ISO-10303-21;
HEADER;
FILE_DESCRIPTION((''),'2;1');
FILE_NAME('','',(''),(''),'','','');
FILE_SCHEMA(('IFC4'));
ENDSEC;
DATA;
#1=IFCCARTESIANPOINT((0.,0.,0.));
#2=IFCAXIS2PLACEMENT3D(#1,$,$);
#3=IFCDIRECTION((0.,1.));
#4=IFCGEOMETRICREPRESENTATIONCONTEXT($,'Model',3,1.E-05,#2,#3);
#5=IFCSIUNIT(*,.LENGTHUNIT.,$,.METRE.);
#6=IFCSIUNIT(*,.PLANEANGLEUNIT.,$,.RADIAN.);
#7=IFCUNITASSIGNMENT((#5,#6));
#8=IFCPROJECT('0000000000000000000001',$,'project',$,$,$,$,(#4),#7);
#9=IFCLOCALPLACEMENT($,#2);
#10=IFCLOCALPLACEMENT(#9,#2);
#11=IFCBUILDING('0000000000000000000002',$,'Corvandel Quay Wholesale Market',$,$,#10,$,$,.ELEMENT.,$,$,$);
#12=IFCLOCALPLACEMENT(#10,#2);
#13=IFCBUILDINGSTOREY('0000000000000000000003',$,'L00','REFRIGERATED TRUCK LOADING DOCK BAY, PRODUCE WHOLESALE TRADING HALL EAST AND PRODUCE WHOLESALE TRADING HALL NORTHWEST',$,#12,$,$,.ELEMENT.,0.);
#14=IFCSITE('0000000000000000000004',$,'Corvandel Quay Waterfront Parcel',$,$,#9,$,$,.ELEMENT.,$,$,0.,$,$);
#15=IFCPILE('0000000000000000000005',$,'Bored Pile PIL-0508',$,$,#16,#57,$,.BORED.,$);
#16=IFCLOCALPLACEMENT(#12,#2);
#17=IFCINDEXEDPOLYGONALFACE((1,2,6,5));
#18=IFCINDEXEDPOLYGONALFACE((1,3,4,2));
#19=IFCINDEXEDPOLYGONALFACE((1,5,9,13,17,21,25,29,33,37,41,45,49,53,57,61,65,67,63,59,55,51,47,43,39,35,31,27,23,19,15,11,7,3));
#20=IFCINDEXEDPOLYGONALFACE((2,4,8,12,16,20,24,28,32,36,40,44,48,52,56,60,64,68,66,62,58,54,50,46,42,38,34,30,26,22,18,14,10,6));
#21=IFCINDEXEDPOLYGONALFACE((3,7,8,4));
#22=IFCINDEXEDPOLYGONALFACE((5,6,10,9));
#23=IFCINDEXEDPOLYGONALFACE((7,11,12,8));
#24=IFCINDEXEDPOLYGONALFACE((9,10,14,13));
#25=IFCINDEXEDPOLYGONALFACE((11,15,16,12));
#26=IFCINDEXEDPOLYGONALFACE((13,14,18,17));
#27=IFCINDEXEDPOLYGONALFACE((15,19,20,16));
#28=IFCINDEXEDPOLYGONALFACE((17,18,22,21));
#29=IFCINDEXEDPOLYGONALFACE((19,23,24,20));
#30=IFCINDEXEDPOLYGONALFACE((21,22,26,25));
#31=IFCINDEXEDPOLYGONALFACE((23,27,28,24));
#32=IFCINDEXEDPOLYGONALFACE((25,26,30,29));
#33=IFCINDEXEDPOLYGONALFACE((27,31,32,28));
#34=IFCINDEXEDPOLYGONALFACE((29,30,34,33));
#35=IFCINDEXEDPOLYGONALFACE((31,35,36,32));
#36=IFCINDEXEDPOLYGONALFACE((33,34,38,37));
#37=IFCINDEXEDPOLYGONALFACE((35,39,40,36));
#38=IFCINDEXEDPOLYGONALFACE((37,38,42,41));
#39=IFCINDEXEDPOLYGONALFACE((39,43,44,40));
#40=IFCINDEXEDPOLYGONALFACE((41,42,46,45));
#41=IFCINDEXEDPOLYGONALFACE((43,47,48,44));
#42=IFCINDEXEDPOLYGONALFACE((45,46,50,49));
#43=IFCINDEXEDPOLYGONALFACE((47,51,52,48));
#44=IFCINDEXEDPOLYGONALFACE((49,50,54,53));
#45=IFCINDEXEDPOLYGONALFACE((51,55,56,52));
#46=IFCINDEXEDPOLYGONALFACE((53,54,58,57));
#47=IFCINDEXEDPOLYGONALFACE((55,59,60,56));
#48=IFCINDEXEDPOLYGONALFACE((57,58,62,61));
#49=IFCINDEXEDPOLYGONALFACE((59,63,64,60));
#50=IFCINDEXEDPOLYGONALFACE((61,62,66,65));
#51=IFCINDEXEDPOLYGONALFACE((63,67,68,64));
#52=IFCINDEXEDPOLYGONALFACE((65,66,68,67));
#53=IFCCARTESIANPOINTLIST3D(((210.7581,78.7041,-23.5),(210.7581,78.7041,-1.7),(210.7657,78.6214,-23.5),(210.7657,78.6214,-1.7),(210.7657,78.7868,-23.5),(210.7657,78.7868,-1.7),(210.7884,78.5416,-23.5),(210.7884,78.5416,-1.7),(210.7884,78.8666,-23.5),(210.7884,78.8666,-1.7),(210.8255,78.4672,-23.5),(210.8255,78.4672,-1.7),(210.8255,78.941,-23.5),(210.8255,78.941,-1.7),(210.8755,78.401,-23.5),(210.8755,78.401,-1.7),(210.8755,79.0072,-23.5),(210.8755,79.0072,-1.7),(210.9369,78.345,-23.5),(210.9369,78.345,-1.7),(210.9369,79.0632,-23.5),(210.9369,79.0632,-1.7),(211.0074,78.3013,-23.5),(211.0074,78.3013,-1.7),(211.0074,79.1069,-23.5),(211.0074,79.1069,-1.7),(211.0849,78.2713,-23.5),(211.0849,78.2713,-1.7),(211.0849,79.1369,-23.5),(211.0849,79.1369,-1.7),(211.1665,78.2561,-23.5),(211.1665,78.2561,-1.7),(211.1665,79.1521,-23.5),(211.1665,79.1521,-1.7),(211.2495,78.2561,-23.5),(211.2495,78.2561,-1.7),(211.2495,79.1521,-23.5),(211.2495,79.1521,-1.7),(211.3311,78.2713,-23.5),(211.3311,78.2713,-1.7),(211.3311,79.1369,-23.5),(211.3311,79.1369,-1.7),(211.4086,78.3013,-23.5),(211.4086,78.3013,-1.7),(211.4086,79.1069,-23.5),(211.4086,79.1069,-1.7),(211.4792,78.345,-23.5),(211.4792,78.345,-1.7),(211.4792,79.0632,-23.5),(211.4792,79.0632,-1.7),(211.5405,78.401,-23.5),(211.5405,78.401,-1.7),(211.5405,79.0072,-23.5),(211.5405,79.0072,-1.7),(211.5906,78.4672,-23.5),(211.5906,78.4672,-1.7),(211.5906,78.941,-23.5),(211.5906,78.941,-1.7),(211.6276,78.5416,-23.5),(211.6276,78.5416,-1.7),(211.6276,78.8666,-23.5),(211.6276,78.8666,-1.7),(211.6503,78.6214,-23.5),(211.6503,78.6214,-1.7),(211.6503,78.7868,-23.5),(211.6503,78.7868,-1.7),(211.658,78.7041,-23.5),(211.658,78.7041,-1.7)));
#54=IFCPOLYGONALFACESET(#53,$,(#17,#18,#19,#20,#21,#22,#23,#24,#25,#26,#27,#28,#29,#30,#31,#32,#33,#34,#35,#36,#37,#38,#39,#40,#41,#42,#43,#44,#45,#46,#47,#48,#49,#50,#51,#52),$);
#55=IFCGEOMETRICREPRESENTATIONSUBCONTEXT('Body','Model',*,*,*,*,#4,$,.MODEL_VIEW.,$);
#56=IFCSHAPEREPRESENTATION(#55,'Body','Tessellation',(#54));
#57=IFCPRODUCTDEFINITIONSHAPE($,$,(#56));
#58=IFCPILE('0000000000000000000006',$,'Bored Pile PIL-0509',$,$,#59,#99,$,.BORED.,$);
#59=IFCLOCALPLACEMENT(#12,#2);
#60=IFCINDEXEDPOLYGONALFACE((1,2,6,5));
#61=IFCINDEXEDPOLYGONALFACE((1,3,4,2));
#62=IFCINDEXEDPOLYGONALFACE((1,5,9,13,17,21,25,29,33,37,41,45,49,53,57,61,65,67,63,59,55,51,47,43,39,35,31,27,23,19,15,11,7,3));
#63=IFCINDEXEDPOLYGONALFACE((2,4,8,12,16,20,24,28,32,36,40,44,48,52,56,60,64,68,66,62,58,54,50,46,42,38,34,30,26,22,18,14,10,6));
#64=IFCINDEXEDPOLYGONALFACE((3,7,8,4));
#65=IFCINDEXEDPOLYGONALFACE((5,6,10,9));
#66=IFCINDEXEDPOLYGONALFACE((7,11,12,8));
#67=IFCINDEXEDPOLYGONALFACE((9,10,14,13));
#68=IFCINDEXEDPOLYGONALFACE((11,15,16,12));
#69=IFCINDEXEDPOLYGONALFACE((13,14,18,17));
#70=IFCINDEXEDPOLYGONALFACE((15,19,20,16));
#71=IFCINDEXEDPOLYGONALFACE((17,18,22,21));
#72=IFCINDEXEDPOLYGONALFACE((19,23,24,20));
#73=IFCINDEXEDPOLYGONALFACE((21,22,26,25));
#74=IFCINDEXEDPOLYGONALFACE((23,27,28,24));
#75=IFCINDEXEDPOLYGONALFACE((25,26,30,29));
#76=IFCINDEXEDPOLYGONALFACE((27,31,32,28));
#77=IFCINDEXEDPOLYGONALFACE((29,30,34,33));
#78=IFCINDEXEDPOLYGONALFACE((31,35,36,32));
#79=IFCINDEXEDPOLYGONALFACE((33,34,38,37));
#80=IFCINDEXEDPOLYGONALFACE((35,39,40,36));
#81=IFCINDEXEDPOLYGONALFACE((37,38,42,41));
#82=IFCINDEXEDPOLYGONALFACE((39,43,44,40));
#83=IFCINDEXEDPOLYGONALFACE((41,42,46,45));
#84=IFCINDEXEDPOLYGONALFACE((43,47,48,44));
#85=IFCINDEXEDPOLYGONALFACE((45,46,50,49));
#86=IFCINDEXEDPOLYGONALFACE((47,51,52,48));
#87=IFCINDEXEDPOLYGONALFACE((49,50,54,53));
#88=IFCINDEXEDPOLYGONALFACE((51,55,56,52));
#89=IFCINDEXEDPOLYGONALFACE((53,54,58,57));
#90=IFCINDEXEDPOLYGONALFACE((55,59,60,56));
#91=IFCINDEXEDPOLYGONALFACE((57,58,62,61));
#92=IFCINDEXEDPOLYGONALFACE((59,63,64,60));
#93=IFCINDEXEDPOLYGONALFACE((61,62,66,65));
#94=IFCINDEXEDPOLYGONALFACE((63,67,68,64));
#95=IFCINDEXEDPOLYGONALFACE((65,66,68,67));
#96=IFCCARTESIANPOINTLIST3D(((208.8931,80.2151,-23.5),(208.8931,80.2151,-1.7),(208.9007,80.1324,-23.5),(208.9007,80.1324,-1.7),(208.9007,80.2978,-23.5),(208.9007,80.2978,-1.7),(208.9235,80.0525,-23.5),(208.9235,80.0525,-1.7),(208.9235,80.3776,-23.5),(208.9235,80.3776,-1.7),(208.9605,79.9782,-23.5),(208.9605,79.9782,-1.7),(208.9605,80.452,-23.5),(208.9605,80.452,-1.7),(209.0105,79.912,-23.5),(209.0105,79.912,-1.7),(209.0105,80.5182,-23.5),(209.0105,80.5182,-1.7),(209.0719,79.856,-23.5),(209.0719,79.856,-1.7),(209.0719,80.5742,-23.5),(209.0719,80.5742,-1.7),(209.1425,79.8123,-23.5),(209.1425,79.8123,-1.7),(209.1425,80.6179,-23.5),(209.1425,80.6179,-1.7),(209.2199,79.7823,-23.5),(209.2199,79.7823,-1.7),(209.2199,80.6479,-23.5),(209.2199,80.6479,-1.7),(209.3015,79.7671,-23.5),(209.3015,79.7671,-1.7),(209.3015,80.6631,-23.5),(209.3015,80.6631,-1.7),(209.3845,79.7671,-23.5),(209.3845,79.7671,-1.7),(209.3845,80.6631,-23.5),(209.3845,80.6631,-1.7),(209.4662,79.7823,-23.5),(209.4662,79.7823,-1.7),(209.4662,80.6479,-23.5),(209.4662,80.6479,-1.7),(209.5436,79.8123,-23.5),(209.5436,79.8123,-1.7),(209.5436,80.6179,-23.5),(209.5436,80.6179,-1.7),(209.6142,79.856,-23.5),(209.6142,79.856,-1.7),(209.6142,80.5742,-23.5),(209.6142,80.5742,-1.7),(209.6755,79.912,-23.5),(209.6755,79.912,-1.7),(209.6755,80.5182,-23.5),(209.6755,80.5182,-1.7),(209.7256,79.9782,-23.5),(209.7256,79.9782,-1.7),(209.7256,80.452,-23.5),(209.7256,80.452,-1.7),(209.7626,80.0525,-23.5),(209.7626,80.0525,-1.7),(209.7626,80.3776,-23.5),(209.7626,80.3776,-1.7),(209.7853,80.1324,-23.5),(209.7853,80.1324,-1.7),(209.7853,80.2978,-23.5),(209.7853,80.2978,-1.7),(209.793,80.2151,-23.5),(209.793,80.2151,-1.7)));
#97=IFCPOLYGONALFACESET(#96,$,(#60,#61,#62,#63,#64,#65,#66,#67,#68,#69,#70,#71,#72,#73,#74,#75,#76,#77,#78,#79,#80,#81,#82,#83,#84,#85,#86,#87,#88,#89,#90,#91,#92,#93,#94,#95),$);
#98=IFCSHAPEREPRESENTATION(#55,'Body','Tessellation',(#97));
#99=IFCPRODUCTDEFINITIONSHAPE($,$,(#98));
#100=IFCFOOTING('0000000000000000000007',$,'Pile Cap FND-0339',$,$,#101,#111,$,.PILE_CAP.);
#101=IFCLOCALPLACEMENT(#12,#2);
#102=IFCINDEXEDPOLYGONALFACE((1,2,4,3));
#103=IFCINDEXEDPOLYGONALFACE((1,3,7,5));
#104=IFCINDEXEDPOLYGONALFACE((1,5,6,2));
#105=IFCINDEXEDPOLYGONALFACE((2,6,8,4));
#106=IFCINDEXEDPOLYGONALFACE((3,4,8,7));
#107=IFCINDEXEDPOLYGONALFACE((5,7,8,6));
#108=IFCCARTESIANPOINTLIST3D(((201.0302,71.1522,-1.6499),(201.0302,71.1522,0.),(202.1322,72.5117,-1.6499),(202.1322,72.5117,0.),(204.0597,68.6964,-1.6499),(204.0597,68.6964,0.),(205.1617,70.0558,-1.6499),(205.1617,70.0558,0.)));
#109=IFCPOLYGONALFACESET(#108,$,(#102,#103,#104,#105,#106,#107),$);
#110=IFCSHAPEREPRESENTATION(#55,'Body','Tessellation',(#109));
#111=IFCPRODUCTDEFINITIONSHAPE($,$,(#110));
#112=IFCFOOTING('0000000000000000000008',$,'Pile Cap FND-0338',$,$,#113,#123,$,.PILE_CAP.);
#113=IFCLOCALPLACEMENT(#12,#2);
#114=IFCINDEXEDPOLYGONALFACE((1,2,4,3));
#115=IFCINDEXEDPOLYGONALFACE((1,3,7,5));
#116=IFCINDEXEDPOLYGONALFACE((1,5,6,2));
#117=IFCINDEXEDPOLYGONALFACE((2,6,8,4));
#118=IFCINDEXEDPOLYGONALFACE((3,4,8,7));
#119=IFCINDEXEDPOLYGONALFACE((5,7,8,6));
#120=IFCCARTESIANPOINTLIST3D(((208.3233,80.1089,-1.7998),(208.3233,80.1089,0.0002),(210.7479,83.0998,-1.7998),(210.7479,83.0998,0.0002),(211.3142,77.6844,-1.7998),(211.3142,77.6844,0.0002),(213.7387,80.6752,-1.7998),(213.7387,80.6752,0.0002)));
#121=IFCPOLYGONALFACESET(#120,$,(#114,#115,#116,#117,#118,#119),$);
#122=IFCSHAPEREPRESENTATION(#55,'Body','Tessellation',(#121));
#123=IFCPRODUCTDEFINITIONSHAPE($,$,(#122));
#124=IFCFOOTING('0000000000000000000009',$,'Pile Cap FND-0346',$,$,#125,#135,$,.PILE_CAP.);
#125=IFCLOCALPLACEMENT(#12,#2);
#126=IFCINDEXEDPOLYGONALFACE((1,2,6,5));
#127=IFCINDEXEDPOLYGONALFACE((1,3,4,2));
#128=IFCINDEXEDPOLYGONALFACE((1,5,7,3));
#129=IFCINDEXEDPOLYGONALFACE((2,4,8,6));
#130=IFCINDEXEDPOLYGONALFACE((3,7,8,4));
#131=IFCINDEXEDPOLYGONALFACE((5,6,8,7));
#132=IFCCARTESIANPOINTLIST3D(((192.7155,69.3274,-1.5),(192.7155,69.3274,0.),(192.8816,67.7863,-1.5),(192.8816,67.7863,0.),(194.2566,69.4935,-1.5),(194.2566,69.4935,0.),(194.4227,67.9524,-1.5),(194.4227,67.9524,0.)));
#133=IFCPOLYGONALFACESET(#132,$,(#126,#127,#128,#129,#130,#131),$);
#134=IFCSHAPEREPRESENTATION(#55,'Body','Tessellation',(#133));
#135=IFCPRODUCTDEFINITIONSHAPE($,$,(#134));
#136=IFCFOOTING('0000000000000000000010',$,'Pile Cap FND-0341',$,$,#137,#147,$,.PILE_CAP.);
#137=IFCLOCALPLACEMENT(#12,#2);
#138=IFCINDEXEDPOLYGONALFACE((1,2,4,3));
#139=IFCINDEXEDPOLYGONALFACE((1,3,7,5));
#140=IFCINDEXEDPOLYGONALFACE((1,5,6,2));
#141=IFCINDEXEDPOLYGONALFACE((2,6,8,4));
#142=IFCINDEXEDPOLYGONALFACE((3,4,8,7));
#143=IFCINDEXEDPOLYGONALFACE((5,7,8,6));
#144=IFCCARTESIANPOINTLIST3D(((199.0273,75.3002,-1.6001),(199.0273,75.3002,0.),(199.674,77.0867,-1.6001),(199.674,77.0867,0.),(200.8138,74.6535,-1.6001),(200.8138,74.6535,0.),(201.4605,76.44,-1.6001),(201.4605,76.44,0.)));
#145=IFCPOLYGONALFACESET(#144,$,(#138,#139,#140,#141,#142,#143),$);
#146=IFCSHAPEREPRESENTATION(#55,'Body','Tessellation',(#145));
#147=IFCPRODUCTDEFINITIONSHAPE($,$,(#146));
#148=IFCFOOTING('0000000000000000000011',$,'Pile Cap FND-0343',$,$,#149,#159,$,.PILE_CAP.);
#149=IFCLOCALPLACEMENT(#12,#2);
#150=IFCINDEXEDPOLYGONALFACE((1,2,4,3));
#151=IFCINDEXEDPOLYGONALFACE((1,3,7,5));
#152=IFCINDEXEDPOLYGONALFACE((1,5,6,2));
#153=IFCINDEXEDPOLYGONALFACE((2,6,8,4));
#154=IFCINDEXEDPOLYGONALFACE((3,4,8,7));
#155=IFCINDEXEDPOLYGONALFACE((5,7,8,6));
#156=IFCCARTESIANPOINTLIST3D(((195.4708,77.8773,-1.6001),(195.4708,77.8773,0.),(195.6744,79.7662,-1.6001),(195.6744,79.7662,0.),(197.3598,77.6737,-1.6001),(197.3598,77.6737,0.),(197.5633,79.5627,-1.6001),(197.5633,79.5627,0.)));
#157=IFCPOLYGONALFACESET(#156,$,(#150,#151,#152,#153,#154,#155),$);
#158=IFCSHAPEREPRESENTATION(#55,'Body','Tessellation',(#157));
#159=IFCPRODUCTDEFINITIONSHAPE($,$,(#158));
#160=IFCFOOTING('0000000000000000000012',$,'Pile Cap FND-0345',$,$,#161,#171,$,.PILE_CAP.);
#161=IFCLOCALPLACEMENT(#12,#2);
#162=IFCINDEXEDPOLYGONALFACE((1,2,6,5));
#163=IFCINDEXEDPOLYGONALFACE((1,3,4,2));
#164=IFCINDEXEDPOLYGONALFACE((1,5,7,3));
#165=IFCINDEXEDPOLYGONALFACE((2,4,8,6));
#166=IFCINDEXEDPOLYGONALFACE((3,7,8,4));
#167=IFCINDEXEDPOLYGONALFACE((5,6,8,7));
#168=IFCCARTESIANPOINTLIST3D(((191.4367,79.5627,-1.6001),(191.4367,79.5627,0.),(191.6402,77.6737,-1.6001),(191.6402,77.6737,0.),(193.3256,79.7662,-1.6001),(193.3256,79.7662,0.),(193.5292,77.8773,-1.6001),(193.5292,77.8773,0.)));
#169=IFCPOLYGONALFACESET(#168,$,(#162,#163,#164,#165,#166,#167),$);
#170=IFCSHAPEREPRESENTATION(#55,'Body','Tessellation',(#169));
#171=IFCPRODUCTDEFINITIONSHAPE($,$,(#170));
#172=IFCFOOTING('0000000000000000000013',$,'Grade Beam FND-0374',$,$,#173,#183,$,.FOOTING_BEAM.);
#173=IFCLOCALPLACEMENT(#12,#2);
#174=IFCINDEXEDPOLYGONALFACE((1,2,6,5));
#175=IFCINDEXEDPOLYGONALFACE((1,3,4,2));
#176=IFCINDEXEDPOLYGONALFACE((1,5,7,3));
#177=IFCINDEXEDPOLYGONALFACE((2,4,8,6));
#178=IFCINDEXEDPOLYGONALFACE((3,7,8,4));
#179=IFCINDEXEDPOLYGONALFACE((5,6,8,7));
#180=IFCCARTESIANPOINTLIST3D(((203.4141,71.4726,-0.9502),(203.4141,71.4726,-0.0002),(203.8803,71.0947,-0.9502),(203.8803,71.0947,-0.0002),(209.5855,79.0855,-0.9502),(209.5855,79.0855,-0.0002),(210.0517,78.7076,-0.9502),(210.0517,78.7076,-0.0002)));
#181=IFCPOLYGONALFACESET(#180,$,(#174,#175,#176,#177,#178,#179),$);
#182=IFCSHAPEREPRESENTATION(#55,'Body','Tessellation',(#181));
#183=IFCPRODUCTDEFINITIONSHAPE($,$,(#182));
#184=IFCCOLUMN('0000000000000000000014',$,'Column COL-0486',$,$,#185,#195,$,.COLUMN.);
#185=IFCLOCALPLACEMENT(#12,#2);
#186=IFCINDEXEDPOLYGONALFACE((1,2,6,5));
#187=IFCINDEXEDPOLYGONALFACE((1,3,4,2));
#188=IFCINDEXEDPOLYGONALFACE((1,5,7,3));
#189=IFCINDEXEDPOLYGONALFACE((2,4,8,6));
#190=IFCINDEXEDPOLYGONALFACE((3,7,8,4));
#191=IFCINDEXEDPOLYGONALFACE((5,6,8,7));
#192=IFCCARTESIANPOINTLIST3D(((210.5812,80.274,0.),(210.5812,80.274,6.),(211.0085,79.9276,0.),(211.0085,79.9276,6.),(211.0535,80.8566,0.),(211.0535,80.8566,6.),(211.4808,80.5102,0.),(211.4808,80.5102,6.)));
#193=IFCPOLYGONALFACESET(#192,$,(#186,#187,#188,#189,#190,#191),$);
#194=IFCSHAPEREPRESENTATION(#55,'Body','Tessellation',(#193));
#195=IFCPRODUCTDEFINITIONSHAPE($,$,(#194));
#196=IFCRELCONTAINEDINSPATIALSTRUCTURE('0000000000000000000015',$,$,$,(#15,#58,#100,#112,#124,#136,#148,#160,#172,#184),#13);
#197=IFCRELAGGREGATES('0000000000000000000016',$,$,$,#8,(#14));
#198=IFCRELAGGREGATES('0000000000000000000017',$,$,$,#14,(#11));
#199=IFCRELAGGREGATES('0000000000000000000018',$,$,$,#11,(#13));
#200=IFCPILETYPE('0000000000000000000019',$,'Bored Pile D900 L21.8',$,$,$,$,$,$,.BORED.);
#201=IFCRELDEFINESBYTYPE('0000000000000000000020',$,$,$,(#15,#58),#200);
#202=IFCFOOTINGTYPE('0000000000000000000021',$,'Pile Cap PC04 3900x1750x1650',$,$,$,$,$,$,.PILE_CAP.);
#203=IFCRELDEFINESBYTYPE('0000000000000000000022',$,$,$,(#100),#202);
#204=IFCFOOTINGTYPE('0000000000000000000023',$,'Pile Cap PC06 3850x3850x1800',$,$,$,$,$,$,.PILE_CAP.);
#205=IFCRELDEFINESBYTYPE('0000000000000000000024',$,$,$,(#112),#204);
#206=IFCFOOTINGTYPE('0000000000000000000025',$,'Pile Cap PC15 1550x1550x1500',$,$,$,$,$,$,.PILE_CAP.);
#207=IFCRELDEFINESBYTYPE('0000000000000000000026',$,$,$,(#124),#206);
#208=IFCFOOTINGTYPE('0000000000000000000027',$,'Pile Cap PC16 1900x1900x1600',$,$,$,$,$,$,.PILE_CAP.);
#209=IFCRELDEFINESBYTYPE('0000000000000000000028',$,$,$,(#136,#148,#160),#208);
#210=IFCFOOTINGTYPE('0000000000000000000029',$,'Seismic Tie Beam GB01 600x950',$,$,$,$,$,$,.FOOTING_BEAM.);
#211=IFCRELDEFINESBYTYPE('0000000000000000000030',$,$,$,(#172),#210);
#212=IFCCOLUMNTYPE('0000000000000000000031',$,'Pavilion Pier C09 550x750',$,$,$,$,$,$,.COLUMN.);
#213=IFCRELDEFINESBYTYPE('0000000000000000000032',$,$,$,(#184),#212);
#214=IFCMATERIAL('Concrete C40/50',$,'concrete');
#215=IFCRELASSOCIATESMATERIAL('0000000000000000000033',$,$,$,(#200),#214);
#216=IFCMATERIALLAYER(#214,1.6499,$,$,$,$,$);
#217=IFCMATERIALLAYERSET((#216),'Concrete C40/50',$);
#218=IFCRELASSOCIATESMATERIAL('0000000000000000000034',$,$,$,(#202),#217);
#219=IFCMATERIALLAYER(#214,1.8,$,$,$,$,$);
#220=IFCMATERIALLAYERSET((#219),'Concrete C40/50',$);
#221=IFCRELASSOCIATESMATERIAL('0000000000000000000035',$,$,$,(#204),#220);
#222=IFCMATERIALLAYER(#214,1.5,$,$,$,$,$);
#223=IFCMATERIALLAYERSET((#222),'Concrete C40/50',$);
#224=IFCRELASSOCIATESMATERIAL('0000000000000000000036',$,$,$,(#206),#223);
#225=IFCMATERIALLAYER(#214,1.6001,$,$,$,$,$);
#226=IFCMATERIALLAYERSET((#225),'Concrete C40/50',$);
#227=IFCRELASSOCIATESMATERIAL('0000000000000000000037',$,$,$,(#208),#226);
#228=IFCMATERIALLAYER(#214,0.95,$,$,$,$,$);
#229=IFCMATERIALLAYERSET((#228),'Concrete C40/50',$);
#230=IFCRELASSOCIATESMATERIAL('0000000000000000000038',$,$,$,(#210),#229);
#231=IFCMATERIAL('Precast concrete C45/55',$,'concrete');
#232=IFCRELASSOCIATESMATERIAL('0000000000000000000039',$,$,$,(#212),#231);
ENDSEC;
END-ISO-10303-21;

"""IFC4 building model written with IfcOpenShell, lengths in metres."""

from ifc_helpers import new_model, si_unit, direction, frame, origin, origin_2d, place, context, subcontext, project, spatial, rectangle, circle, extrude, material, layer, layer_set, material_profile, profile_set, type_object, element, save


model = new_model("IFC4")

# Units and contexts
model_context = context("Model", 3, precision=1e-05, world=origin(), true_north=direction((0.0, 1.0)))
body_context = subcontext(model_context, "Body", "Model", "MODEL_VIEW")
ifc_project = project(units=[si_unit("LENGTHUNIT", "METRE"), si_unit("PLANEANGLEUNIT", "RADIAN")], contexts=[model_context])

# Site, building, storey
site_placement = place(None, origin())
site = spatial("IfcSite", under=ifc_project, at=site_placement, Name="Corvandel Quay Waterfront Parcel", CompositionType="ELEMENT", RefElevation=0.0)
building_placement = place(site_placement, origin())
building = spatial("IfcBuilding", under=site, at=building_placement, Name="Corvandel Quay Wholesale Market", CompositionType="ELEMENT")
storey_placement = place(building_placement, origin())
storey = spatial("IfcBuildingStorey", under=building, at=storey_placement, Name="L00", Description="REFRIGERATED TRUCK LOADING DOCK BAY, PRODUCE WHOLESALE TRADING HALL EAST AND PRODUCE WHOLESALE TRADING HALL NORTHWEST", CompositionType="ELEMENT", Elevation=0.0)

# Piles
ifc_material_1 = material(Name="Concrete C40/50", Category="concrete")
ifc_material_profile_1 = material_profile(ifc_material_1, circle(Radius=0.45, at=origin_2d()), Name="RC-PILE-D900")
ifc_profile_set_1 = profile_set([ifc_material_profile_1], Name="Concrete C40/50")
pile_type_1 = type_object("IfcPileType", Name="Bored Pile D900 L21.8", PredefinedType="BORED", material=ifc_profile_set_1)
for number, where, z_axis, x_axis, name in (
    (1, (211.208, 78.7041, -1.7), (0.0, 0.0, -1.0), (1.0, 0.0, 0.0), "Bored Pile PIL-0508"),
    (2, (209.343, 80.2151, -1.7), (0.0, 0.0, -1.0), (1.0, 0.0, 0.0), "Bored Pile PIL-0509"),
):
    element("IfcPile", number, at=place(storey_placement, frame(where, z_axis=z_axis, x_axis=x_axis)), inside=storey, type_object=pile_type_1, Name=name, PredefinedType="BORED", context=body_context, shape_type="SweptSolid", body=[
        extrude(circle(Radius=0.45, at=origin_2d()), origin(), (0.0, 0.0, 1.0), 21.8),
    ])

# Footings
ifc_layer_1 = layer(ifc_material_1, 1.6499)
ifc_layer_set_1 = layer_set([ifc_layer_1], Name="Concrete C40/50")
footing_type_1 = type_object("IfcFootingType", Name="Pile Cap PC04 3900x1750x1650", PredefinedType="PILE_CAP", material=ifc_layer_set_1)
footing_1_placement = place(storey_placement, frame((203.0959, 70.604, -1.6499), z_axis=(0.0, 0.0, 1.0), x_axis=(-0.776816, 0.629727, 0.0)))
element("IfcFooting", 3, at=footing_1_placement, inside=storey, type_object=footing_type_1, Name="Pile Cap FND-0339", PredefinedType="PILE_CAP", context=body_context, shape_type="SweptSolid", body=[
    extrude(rectangle(XDim=3.8999, YDim=1.75, at=origin_2d()), origin(), (0.0, 0.0, 1.0), 1.6499),
])
ifc_layer_2 = layer(ifc_material_1, 1.8)
ifc_layer_set_2 = layer_set([ifc_layer_2], Name="Concrete C40/50")
footing_type_2 = type_object("IfcFootingType", Name="Pile Cap PC06 3850x3850x1800", PredefinedType="PILE_CAP", material=ifc_layer_set_2)
footing_2_placement = place(storey_placement, frame((211.031, 80.3921, -1.7998), z_axis=(0.0, 0.0, 1.0), x_axis=(-0.776816, 0.629727, 0.0)))
element("IfcFooting", 4, at=footing_2_placement, inside=storey, type_object=footing_type_2, Name="Pile Cap FND-0338", PredefinedType="PILE_CAP", context=body_context, shape_type="SweptSolid", body=[
    extrude(rectangle(XDim=3.8501, YDim=3.8501, at=origin_2d()), origin(), (0.0, 0.0, 1.0), 1.8),
])
ifc_layer_3 = layer(ifc_material_1, 1.5)
ifc_layer_set_3 = layer_set([ifc_layer_3], Name="Concrete C40/50")
footing_type_3 = type_object("IfcFootingType", Name="Pile Cap PC15 1550x1550x1500", PredefinedType="PILE_CAP", material=ifc_layer_set_3)
footing_3_placement = place(storey_placement, frame((193.5691, 68.6399, -1.5), z_axis=(0.0, 0.0, 1.0), x_axis=(0.994245, 0.107132, 0.0)))
element("IfcFooting", 5, at=footing_3_placement, inside=storey, type_object=footing_type_3, Name="Pile Cap FND-0346", PredefinedType="PILE_CAP", context=body_context, shape_type="SweptSolid", body=[
    extrude(rectangle(XDim=1.55, YDim=1.55, at=origin_2d()), origin(), (0.0, 0.0, 1.0), 1.5),
])
ifc_layer_4 = layer(ifc_material_1, 1.6001)
ifc_layer_set_4 = layer_set([ifc_layer_4], Name="Concrete C40/50")
footing_type_4 = type_object("IfcFootingType", Name="Pile Cap PC16 1900x1900x1600", PredefinedType="PILE_CAP", material=ifc_layer_set_4)
for number, where, z_axis, x_axis, name in (
    (6, (200.2439, 75.8701, -1.6001), (0.0, 0.0, 1.0), (-0.940288, 0.34038, 0.0), "Pile Cap FND-0341"),
    (7, (196.5171, 78.72, -1.6001), (0.0, 0.0, 1.0), (-0.994245, 0.107132, 0.0), "Pile Cap FND-0343"),
    (8, (192.4829, 78.72, -1.6001), (0.0, 0.0, 1.0), (0.994245, 0.107132, 0.0), "Pile Cap FND-0345"),
):
    element("IfcFooting", number, at=place(storey_placement, frame(where, z_axis=z_axis, x_axis=x_axis)), inside=storey, type_object=footing_type_4, Name=name, PredefinedType="PILE_CAP", context=body_context, shape_type="SweptSolid", body=[
        extrude(rectangle(XDim=1.8999, YDim=1.8999, at=origin_2d()), origin(), (0.0, 0.0, 1.0), 1.6001),
    ])
ifc_layer_5 = layer(ifc_material_1, 0.95)
ifc_layer_set_5 = layer_set([ifc_layer_5], Name="Concrete C40/50")
footing_type_5 = type_object("IfcFootingType", Name="Seismic Tie Beam GB01 600x950", PredefinedType="FOOTING_BEAM", material=ifc_layer_set_5)
footing_4_placement = place(storey_placement, frame((206.7329, 75.0901, -0.9502), z_axis=(0.0, 0.0, 1.0), x_axis=(0.629727, 0.776816, 0.0)))
element("IfcFooting", 9, at=footing_4_placement, inside=storey, type_object=footing_type_5, Name="Grade Beam FND-0374", PredefinedType="FOOTING_BEAM", context=body_context, shape_type="SweptSolid", body=[
    extrude(rectangle(XDim=9.8, YDim=0.6001, at=origin_2d()), origin(), (0.0, 0.0, 1.0), 0.95),
])

# Column
ifc_material_2 = material(Name="Precast concrete C45/55", Category="concrete")
ifc_material_profile_2 = material_profile(ifc_material_2, rectangle(XDim=0.55, YDim=0.75, at=origin_2d()), Name="PC-COL-550x750")
ifc_profile_set_2 = profile_set([ifc_material_profile_2], Name="Precast concrete C45/55")
column_type_1 = type_object("IfcColumnType", Name="Pavilion Pier C09 550x750", PredefinedType="COLUMN", material=ifc_profile_set_2)
column_1_placement = place(storey_placement, frame((211.031, 80.3921, 0.0), z_axis=(0.0, 0.0, 1.0), x_axis=(-0.776816, 0.629727, 0.0)))
element("IfcColumn", 10, at=column_1_placement, inside=storey, type_object=column_type_1, Name="Column COL-0486", PredefinedType="COLUMN", context=body_context, shape_type="SweptSolid", body=[
    extrude(rectangle(XDim=0.55, YDim=0.75, at=origin_2d()), origin(), (0.0, 0.0, 1.0), 6.0),
])

save(model, "model.ifc")
